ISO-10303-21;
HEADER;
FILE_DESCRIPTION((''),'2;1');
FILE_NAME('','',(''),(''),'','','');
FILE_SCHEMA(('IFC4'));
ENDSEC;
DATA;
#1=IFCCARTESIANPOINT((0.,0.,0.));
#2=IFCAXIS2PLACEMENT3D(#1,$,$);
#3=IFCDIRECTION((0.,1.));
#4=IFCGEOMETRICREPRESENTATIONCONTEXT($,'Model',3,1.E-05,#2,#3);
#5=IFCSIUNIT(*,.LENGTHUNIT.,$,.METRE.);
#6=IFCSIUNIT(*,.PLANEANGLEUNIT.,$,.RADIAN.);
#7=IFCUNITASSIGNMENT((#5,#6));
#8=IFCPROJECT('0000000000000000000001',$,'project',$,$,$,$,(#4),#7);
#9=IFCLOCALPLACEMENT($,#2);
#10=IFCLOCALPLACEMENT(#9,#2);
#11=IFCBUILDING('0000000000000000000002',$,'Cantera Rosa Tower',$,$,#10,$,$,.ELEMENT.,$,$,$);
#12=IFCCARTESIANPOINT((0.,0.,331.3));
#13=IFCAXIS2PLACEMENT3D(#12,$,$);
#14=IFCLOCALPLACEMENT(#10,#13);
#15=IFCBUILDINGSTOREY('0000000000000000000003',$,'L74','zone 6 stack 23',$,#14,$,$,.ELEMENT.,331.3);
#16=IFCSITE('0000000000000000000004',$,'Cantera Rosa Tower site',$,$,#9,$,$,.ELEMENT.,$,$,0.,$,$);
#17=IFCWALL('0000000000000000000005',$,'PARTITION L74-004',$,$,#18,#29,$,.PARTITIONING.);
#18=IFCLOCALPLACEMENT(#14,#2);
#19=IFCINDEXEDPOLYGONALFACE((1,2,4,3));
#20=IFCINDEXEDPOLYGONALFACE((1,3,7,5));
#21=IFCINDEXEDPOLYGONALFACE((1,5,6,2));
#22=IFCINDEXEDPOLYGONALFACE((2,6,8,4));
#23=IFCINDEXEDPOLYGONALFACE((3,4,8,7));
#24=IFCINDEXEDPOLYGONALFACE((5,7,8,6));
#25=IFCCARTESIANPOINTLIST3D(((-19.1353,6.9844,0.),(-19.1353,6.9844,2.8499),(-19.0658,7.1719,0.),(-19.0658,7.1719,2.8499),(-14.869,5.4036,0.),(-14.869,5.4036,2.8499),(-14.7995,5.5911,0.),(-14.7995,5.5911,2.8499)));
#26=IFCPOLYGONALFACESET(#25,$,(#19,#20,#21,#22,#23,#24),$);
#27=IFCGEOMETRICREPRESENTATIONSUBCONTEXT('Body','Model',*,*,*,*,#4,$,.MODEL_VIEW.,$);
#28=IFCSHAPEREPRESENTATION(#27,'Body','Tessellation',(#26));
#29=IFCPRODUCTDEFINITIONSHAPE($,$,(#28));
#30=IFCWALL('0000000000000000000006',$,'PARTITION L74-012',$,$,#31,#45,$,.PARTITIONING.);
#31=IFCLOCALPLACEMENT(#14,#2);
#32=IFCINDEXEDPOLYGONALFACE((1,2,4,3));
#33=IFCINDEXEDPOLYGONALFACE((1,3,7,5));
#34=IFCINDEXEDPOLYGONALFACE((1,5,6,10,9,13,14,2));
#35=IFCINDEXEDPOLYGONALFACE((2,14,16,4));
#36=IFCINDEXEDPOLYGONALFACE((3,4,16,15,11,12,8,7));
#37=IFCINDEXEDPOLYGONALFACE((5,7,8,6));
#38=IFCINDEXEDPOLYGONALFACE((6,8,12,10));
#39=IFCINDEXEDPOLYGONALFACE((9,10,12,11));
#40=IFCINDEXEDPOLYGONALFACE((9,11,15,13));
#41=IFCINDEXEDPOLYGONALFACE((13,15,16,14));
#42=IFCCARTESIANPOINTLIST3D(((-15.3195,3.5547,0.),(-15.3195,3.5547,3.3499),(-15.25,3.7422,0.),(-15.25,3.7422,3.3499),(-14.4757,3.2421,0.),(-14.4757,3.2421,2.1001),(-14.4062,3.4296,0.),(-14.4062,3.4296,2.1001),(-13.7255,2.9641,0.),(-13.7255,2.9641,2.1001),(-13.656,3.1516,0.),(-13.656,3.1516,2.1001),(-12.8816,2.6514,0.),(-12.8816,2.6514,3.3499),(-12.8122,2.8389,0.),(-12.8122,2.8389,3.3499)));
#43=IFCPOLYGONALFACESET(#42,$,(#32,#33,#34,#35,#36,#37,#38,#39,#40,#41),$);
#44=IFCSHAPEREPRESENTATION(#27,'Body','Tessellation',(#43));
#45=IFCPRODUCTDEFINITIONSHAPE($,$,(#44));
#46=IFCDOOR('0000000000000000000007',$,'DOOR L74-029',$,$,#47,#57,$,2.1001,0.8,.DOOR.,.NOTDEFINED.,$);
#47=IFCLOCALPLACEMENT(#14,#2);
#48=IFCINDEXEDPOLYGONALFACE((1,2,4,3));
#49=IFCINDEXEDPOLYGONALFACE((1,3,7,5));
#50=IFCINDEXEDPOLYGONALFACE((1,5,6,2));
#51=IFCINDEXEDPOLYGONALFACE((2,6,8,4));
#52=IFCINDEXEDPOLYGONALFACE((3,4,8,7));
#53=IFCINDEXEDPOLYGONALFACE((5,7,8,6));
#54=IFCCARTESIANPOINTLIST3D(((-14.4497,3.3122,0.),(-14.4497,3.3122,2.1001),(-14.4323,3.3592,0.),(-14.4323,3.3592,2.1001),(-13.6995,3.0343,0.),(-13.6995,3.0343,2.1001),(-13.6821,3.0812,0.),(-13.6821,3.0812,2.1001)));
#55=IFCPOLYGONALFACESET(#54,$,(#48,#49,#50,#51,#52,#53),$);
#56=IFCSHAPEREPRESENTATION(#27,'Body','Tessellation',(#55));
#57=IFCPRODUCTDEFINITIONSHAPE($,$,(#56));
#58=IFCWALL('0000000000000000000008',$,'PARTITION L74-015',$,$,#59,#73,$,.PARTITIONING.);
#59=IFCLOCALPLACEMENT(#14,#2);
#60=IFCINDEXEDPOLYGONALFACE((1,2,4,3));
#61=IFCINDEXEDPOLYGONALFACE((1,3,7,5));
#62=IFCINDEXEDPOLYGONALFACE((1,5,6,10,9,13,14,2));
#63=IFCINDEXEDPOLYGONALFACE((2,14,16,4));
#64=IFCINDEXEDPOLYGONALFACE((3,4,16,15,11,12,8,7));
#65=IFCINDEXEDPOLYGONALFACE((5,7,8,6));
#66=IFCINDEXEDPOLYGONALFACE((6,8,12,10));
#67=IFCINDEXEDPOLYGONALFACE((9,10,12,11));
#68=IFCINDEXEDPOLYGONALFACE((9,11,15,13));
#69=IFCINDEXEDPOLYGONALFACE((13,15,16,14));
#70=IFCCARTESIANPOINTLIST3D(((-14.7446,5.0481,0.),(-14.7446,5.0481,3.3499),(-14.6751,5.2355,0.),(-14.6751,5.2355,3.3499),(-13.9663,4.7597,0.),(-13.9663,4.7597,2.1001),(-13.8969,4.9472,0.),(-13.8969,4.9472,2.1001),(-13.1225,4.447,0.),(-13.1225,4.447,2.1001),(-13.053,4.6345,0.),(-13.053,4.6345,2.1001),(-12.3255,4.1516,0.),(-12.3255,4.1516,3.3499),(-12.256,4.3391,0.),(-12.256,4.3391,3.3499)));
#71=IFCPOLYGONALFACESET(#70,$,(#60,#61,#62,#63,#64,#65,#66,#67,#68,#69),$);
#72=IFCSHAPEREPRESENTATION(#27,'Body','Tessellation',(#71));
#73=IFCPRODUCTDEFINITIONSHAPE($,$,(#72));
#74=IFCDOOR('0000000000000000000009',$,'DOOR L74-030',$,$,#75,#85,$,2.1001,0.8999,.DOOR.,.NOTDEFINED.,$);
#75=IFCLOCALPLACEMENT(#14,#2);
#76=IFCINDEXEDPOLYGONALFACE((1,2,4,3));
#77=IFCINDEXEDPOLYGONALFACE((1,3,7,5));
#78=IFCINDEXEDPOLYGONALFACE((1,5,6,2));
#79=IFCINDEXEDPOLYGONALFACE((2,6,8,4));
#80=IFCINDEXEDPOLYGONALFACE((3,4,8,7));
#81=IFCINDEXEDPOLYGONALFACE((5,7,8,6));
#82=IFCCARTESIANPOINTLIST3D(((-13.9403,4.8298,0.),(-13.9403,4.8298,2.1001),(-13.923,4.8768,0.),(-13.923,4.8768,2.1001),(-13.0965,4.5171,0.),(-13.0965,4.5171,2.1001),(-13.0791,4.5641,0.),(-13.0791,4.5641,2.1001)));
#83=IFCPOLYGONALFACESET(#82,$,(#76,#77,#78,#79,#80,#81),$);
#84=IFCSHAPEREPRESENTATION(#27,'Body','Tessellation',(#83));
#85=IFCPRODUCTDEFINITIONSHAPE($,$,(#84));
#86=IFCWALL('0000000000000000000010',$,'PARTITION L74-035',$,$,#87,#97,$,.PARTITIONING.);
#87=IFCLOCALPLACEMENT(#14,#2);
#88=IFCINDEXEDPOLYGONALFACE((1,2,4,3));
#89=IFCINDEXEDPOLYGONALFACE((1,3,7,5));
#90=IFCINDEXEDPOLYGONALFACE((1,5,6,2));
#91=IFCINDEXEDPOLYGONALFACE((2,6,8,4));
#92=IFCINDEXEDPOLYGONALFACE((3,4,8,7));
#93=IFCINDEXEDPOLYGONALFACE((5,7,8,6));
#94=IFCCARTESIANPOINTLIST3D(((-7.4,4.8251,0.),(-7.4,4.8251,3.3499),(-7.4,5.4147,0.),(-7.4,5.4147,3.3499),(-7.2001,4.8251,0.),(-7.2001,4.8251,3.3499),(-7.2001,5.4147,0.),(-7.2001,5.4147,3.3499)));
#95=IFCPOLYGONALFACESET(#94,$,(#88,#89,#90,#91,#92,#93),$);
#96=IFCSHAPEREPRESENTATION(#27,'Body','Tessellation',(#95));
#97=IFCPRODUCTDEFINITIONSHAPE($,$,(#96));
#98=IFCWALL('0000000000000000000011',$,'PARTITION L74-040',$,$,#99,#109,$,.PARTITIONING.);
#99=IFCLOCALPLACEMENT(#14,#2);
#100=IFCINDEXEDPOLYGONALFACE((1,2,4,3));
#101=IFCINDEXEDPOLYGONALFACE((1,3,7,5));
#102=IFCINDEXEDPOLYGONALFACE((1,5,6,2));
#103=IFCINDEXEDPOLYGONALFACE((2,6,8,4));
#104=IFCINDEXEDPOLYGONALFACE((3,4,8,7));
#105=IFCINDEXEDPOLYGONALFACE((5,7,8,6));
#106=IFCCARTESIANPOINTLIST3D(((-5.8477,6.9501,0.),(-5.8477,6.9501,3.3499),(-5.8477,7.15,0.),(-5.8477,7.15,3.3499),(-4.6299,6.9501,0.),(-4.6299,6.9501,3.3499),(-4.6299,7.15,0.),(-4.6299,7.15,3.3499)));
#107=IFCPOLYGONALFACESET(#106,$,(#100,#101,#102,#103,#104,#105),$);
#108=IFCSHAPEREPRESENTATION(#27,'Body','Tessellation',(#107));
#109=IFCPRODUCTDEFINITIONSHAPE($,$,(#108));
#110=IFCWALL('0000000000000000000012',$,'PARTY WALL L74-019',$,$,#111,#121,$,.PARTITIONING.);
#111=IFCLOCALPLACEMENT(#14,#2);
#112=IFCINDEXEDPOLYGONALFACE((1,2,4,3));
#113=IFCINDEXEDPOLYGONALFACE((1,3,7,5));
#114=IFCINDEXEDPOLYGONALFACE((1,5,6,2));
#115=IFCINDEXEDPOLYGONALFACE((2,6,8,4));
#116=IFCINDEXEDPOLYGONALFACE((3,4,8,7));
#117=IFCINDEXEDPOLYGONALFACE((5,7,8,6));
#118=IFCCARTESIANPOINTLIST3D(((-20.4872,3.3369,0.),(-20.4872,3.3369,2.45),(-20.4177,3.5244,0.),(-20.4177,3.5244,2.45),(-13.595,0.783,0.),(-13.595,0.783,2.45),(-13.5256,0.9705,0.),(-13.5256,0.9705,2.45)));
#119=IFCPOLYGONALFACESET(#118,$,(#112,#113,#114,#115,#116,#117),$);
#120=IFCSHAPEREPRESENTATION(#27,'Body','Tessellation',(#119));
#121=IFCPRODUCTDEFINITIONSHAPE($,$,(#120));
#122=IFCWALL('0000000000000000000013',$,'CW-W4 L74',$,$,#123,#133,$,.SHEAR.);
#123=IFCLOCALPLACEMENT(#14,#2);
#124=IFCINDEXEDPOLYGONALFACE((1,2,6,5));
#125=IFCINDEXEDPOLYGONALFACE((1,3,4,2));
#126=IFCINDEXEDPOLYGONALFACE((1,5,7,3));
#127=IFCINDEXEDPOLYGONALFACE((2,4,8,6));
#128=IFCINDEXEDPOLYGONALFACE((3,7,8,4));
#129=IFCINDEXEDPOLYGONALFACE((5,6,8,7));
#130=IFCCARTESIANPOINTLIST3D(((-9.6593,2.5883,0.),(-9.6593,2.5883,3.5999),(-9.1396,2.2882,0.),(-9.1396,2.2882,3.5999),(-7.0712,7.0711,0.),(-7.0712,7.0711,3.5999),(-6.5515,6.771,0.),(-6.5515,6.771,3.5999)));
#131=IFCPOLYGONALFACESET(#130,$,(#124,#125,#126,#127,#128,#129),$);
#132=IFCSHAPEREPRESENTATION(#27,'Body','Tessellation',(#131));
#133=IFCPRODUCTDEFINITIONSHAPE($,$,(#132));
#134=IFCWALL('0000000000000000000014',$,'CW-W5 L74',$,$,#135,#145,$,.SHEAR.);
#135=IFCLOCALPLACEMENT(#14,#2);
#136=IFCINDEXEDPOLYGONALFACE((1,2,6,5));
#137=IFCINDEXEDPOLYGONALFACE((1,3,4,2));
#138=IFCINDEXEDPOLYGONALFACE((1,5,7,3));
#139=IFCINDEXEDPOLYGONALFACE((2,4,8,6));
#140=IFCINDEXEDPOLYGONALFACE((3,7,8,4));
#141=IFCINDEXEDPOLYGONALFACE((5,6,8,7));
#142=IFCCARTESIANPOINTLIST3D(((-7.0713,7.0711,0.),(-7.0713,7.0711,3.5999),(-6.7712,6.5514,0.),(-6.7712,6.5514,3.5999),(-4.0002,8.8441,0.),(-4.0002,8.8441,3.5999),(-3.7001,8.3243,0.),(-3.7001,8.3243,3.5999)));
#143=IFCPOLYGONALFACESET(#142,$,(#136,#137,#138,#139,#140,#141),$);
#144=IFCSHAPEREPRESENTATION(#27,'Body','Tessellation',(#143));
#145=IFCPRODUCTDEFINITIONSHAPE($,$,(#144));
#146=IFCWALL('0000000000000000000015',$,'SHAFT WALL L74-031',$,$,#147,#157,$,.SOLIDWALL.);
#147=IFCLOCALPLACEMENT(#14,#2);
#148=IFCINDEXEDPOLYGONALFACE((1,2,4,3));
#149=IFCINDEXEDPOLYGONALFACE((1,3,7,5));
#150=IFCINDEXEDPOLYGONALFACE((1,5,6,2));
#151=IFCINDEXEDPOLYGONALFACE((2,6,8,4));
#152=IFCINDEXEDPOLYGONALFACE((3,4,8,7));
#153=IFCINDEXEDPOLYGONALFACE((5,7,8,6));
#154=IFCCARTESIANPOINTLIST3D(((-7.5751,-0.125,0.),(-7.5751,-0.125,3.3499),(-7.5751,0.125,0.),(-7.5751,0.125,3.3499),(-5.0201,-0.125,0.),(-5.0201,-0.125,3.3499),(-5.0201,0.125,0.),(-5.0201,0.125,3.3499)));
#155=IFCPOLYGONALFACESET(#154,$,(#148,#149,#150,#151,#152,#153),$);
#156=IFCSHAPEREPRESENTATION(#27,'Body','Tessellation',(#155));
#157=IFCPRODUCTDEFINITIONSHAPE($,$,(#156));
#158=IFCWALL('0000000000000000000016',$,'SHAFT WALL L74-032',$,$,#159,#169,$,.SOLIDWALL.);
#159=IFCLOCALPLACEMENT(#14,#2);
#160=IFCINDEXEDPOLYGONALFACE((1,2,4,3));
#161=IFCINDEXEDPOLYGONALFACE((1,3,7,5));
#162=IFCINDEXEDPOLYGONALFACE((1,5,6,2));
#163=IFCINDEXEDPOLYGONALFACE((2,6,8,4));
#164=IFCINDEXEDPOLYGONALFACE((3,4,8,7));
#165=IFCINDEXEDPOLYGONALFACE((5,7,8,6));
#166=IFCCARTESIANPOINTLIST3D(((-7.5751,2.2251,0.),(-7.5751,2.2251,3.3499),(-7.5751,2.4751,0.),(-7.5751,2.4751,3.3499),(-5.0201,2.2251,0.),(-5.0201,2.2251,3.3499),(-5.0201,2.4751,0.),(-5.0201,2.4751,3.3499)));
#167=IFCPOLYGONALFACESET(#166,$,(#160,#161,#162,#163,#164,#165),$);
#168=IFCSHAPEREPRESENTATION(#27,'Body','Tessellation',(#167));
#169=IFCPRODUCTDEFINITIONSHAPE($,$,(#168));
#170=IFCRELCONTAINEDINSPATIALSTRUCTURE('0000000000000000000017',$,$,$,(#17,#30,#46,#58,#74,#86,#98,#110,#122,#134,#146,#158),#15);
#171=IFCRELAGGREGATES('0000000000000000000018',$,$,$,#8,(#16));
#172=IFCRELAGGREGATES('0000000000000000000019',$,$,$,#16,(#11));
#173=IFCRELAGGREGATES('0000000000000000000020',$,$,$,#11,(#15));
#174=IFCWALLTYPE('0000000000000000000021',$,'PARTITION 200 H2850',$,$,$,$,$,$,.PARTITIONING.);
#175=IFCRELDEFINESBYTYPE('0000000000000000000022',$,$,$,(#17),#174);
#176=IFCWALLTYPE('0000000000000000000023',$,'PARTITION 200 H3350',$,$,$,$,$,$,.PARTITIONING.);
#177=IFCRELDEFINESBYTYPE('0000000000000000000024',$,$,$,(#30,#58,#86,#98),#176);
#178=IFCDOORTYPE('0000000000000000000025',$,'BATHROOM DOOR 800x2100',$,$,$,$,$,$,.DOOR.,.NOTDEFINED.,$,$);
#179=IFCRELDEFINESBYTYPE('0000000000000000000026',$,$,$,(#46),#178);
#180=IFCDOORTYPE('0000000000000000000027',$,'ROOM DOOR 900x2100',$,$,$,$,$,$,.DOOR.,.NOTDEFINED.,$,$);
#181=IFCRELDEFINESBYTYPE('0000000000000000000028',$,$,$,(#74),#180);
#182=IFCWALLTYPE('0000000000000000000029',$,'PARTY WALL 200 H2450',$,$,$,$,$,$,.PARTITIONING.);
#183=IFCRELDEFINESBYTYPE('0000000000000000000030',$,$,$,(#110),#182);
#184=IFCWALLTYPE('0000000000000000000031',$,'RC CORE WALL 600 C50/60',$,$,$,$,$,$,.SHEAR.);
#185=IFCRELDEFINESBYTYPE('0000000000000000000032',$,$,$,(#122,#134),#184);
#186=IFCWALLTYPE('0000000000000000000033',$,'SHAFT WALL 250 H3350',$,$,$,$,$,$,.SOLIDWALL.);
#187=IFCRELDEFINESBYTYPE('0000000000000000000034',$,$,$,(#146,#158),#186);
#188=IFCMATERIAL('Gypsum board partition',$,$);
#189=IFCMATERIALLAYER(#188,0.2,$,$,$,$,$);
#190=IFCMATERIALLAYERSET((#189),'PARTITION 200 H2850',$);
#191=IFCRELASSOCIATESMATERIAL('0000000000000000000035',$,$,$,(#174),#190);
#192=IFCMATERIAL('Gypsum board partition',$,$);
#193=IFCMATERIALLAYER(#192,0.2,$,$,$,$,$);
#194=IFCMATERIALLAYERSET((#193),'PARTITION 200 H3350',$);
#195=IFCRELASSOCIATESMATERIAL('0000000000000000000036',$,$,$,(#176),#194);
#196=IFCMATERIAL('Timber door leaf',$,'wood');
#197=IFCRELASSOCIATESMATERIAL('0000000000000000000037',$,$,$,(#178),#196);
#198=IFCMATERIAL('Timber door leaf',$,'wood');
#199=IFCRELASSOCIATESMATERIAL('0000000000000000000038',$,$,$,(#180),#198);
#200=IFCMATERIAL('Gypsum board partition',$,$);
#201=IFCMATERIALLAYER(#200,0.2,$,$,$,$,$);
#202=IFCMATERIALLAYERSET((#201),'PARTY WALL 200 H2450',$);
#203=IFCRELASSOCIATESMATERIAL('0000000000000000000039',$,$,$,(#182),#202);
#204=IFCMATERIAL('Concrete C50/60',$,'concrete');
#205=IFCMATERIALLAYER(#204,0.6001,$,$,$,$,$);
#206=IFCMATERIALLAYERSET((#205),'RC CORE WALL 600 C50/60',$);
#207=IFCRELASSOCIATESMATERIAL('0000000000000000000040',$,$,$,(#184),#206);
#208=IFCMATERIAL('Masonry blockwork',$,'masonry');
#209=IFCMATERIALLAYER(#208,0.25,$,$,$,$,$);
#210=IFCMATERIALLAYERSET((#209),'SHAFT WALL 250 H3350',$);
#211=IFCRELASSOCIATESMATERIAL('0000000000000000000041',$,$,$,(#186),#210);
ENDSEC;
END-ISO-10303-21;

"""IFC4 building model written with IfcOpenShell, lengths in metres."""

from ifc_helpers import new_model, si_unit, direction, frame, frame_2d, origin, place, context, subcontext, project, spatial, rectangle, extrude, material, layer, layer_set, type_object, element, fill, save


model = new_model("IFC4")

# Units and contexts
model_context = context("Model", 3, precision=1e-05, world=origin(), true_north=direction((0.0, 1.0)))
body_context = subcontext(model_context, "Body", "Model", "MODEL_VIEW")
ifc_project = project(units=[si_unit("LENGTHUNIT", "METRE"), si_unit("PLANEANGLEUNIT", "RADIAN")], contexts=[model_context])

# Site, building, storey
site_placement = place(None, origin())
site = spatial("IfcSite", under=ifc_project, at=site_placement, Name="Cantera Rosa Tower site", CompositionType="ELEMENT", RefElevation=0.0)
building_placement = place(site_placement, origin())
building = spatial("IfcBuilding", under=site, at=building_placement, Name="Cantera Rosa Tower", CompositionType="ELEMENT")
storey_placement = place(building_placement, frame((0.0, 0.0, 331.3)))
storey = spatial("IfcBuildingStorey", under=building, at=storey_placement, Name="L74", Description="zone 6 stack 23", CompositionType="ELEMENT", Elevation=331.3)

# Wall
ifc_material_1 = material(Name="Gypsum board partition")
ifc_layer_1 = layer(ifc_material_1, 0.2)
ifc_layer_set_1 = layer_set([ifc_layer_1], Name="PARTITION 200 H2850")
wall_type_1 = type_object("IfcWallType", Name="PARTITION 200 H2850", PredefinedType="PARTITIONING", material=ifc_layer_set_1)
wall_1_placement = place(storey_placement, frame((-19.1006, 7.0781, 0.0), z_axis=(0.0, 0.0, 1.0), x_axis=(0.9377, -0.347445, 0.0)))
element("IfcWall", 1, at=wall_1_placement, inside=storey, type_object=wall_type_1, Name="PARTITION L74-004", PredefinedType="PARTITIONING", context=body_context, shape_type="SweptSolid", body=[
    extrude(rectangle(XDim=4.5498, YDim=0.2, at=frame_2d((2.2749, 0.0))), origin(), (0.0, 0.0, 1.0), 2.8499),
])

# Walls, openings, doors
ifc_material_2 = material(Name="Gypsum board partition")
ifc_layer_2 = layer(ifc_material_2, 0.2)
ifc_layer_set_2 = layer_set([ifc_layer_2], Name="PARTITION 200 H3350")
wall_type_2 = type_object("IfcWallType", Name="PARTITION 200 H3350", PredefinedType="PARTITIONING", material=ifc_layer_set_2)
wall_2_placement = place(storey_placement, frame((-15.2847, 3.6484, 0.0), z_axis=(0.0, 0.0, 1.0), x_axis=(0.937703, -0.347437, 0.0)))
wall_2 = element("IfcWall", 2, at=wall_2_placement, inside=storey, type_object=wall_type_2, Name="PARTITION L74-012", PredefinedType="PARTITIONING", context=body_context, shape_type="SweptSolid", body=[
    extrude(rectangle(XDim=2.5999, YDim=0.2, at=frame_2d((1.2998, 0.0))), origin(), (0.0, 0.0, 1.0), 3.3499),
])
opening_1_placement = place(wall_2_placement, frame((0.8999, 0.0, 0.0)))
opening_1 = element("IfcOpeningElement", 3, at=opening_1_placement, cuts=wall_2, PredefinedType="OPENING", context=body_context, shape_type="SweptSolid", body=[
    extrude(rectangle(XDim=0.8, YDim=2.1001, at=frame_2d((0.3999, 1.05))), frame((0.0, 0.1099, 0.0), z_axis=(0.0, -1.0, 0.0), x_axis=(1.0, 0.0, 0.0)), (0.0, 0.0, 1.0), 0.22),
])
ifc_material_3 = material(Name="Timber door leaf", Category="wood")
door_type_1 = type_object("IfcDoorType", Name="BATHROOM DOOR 800x2100", OperationType="NOTDEFINED", PredefinedType="DOOR", material=ifc_material_3)
door_1_placement = place(opening_1_placement, origin())
door_1 = element("IfcDoor", 4, at=door_1_placement, inside=storey, type_object=door_type_1, Name="DOOR L74-029", OperationType="NOTDEFINED", OverallHeight=2.1001, OverallWidth=0.8, PredefinedType="DOOR", context=body_context, shape_type="SweptSolid", body=[
    extrude(rectangle(XDim=0.8, YDim=2.1001, at=frame_2d((0.3999, 1.05))), frame((0.0, 0.0249, 0.0), z_axis=(0.0, -1.0, 0.0), x_axis=(1.0, 0.0, 0.0)), (0.0, 0.0, 1.0), 0.05),
])
fill(opening_1, door_1)
wall_3_placement = place(storey_placement, frame((-14.71, 5.1418, 0.0), z_axis=(0.0, 0.0, 1.0), x_axis=(0.937687, -0.347481, 0.0)))
wall_3 = element("IfcWall", 5, at=wall_3_placement, inside=storey, type_object=wall_type_2, Name="PARTITION L74-015", PredefinedType="PARTITIONING", context=body_context, shape_type="SweptSolid", body=[
    extrude(rectangle(XDim=2.5798, YDim=0.2, at=frame_2d((1.29, 0.0))), origin(), (0.0, 0.0, 1.0), 3.3499),
])
opening_2_placement = place(wall_3_placement, frame((0.8301, 0.0, 0.0)))
opening_2 = element("IfcOpeningElement", 6, at=opening_2_placement, cuts=wall_3, PredefinedType="OPENING", context=body_context, shape_type="SweptSolid", body=[
    extrude(rectangle(XDim=0.8999, YDim=2.1001, at=frame_2d((0.45, 1.05))), frame((0.0, 0.1099, 0.0), z_axis=(0.0, -1.0, 0.0), x_axis=(1.0, 0.0, 0.0)), (0.0, 0.0, 1.0), 0.22),
])
ifc_material_4 = material(Name="Timber door leaf", Category="wood")
door_type_2 = type_object("IfcDoorType", Name="ROOM DOOR 900x2100", OperationType="NOTDEFINED", PredefinedType="DOOR", material=ifc_material_4)
door_2_placement = place(opening_2_placement, origin())
door_2 = element("IfcDoor", 7, at=door_2_placement, inside=storey, type_object=door_type_2, Name="DOOR L74-030", OperationType="NOTDEFINED", OverallHeight=2.1001, OverallWidth=0.8999, PredefinedType="DOOR", context=body_context, shape_type="SweptSolid", body=[
    extrude(rectangle(XDim=0.8999, YDim=2.1001, at=frame_2d((0.45, 1.05))), frame((0.0, 0.0249, 0.0), z_axis=(0.0, -1.0, 0.0), x_axis=(1.0, 0.0, 0.0)), (0.0, 0.0, 1.0), 0.05),
])
fill(opening_2, door_2)

# Walls
wall_4_placement = place(storey_placement, frame((-7.3, 4.825, 0.0), z_axis=(0.0, 0.0, 1.0), x_axis=(0.0, 1.0, 0.0)))
element("IfcWall", 8, at=wall_4_placement, inside=storey, type_object=wall_type_2, Name="PARTITION L74-035", PredefinedType="PARTITIONING", context=body_context, shape_type="SweptSolid", body=[
    extrude(rectangle(XDim=0.5896, YDim=0.2, at=frame_2d((0.2949, 0.0))), origin(), (0.0, 0.0, 1.0), 3.3499),
])
wall_5_placement = place(storey_placement, frame((-5.8477, 7.05, 0.0), z_axis=(0.0, 0.0, 1.0), x_axis=(1.0, 0.0, 0.0)))
element("IfcWall", 9, at=wall_5_placement, inside=storey, type_object=wall_type_2, Name="PARTITION L74-040", PredefinedType="PARTITIONING", context=body_context, shape_type="SweptSolid", body=[
    extrude(rectangle(XDim=1.2178, YDim=0.2, at=frame_2d((0.6089, 0.0))), origin(), (0.0, 0.0, 1.0), 3.3499),
])
ifc_material_5 = material(Name="Gypsum board partition")
ifc_layer_3 = layer(ifc_material_5, 0.2)
ifc_layer_set_3 = layer_set([ifc_layer_3], Name="PARTY WALL 200 H2450")
wall_type_3 = type_object("IfcWallType", Name="PARTY WALL 200 H2450", PredefinedType="PARTITIONING", material=ifc_layer_set_3)
wall_6_placement = place(storey_placement, frame((-13.5603, 0.8767, 0.0), z_axis=(0.0, 0.0, 1.0), x_axis=(-0.93769, 0.347473, 0.0)))
element("IfcWall", 10, at=wall_6_placement, inside=storey, type_object=wall_type_3, Name="PARTY WALL L74-019", PredefinedType="PARTITIONING", context=body_context, shape_type="SweptSolid", body=[
    extrude(rectangle(XDim=7.3501, YDim=0.2, at=frame_2d((3.675, 0.0))), origin(), (0.0, 0.0, 1.0), 2.45),
])
ifc_material_6 = material(Name="Concrete C50/60", Category="concrete")
ifc_layer_4 = layer(ifc_material_6, 0.6001)
ifc_layer_set_4 = layer_set([ifc_layer_4], Name="RC CORE WALL 600 C50/60")
wall_type_4 = type_object("IfcWallType", Name="RC CORE WALL 600 C50/60", PredefinedType="SHEAR", material=ifc_layer_set_4)
wall_7_placement = place(storey_placement, frame((-9.3994, 2.4382, 0.0), z_axis=(0.0, 0.0, 1.0), x_axis=(0.499989, 0.866032, 0.0)))
element("IfcWall", 11, at=wall_7_placement, inside=storey, type_object=wall_type_4, Name="CW-W4 L74", PredefinedType="SHEAR", context=body_context, shape_type="SweptSolid", body=[
    extrude(rectangle(XDim=5.1763, YDim=0.6001, at=frame_2d((2.5881, 0.0))), origin(), (0.0, 0.0, 1.0), 3.5999),
])
wall_8_placement = place(storey_placement, frame((-6.9211, 6.8113, 0.0), z_axis=(0.0, 0.0, 1.0), x_axis=(0.86604, 0.499975, 0.0)))
element("IfcWall", 12, at=wall_8_placement, inside=storey, type_object=wall_type_4, Name="CW-W5 L74", PredefinedType="SHEAR", context=body_context, shape_type="SweptSolid", body=[
    extrude(rectangle(XDim=3.5461, YDim=0.6001, at=frame_2d((1.7729, 0.0))), origin(), (0.0, 0.0, 1.0), 3.5999),
])
ifc_material_7 = material(Name="Masonry blockwork", Category="masonry")
ifc_layer_5 = layer(ifc_material_7, 0.25)
ifc_layer_set_5 = layer_set([ifc_layer_5], Name="SHAFT WALL 250 H3350")
wall_type_5 = type_object("IfcWallType", Name="SHAFT WALL 250 H3350", PredefinedType="SOLIDWALL", material=ifc_layer_set_5)
for number, where, z_axis, x_axis, name in (
    (13, (-7.575, 0.0, 0.0), (0.0, 0.0, 1.0), (1.0, 0.0, 0.0), "SHAFT WALL L74-031"),
    (14, (-7.575, 2.3501, 0.0), (0.0, 0.0, 1.0), (1.0, 0.0, 0.0), "SHAFT WALL L74-032"),
):
    element("IfcWall", number, at=place(storey_placement, frame(where, z_axis=z_axis, x_axis=x_axis)), inside=storey, type_object=wall_type_5, Name=name, PredefinedType="SOLIDWALL", context=body_context, shape_type="SweptSolid", body=[
        extrude(rectangle(XDim=2.5549, YDim=0.25, at=frame_2d((1.2773, 0.0))), origin(), (0.0, 0.0, 1.0), 3.3499),
    ])

save(model, "model.ifc")
